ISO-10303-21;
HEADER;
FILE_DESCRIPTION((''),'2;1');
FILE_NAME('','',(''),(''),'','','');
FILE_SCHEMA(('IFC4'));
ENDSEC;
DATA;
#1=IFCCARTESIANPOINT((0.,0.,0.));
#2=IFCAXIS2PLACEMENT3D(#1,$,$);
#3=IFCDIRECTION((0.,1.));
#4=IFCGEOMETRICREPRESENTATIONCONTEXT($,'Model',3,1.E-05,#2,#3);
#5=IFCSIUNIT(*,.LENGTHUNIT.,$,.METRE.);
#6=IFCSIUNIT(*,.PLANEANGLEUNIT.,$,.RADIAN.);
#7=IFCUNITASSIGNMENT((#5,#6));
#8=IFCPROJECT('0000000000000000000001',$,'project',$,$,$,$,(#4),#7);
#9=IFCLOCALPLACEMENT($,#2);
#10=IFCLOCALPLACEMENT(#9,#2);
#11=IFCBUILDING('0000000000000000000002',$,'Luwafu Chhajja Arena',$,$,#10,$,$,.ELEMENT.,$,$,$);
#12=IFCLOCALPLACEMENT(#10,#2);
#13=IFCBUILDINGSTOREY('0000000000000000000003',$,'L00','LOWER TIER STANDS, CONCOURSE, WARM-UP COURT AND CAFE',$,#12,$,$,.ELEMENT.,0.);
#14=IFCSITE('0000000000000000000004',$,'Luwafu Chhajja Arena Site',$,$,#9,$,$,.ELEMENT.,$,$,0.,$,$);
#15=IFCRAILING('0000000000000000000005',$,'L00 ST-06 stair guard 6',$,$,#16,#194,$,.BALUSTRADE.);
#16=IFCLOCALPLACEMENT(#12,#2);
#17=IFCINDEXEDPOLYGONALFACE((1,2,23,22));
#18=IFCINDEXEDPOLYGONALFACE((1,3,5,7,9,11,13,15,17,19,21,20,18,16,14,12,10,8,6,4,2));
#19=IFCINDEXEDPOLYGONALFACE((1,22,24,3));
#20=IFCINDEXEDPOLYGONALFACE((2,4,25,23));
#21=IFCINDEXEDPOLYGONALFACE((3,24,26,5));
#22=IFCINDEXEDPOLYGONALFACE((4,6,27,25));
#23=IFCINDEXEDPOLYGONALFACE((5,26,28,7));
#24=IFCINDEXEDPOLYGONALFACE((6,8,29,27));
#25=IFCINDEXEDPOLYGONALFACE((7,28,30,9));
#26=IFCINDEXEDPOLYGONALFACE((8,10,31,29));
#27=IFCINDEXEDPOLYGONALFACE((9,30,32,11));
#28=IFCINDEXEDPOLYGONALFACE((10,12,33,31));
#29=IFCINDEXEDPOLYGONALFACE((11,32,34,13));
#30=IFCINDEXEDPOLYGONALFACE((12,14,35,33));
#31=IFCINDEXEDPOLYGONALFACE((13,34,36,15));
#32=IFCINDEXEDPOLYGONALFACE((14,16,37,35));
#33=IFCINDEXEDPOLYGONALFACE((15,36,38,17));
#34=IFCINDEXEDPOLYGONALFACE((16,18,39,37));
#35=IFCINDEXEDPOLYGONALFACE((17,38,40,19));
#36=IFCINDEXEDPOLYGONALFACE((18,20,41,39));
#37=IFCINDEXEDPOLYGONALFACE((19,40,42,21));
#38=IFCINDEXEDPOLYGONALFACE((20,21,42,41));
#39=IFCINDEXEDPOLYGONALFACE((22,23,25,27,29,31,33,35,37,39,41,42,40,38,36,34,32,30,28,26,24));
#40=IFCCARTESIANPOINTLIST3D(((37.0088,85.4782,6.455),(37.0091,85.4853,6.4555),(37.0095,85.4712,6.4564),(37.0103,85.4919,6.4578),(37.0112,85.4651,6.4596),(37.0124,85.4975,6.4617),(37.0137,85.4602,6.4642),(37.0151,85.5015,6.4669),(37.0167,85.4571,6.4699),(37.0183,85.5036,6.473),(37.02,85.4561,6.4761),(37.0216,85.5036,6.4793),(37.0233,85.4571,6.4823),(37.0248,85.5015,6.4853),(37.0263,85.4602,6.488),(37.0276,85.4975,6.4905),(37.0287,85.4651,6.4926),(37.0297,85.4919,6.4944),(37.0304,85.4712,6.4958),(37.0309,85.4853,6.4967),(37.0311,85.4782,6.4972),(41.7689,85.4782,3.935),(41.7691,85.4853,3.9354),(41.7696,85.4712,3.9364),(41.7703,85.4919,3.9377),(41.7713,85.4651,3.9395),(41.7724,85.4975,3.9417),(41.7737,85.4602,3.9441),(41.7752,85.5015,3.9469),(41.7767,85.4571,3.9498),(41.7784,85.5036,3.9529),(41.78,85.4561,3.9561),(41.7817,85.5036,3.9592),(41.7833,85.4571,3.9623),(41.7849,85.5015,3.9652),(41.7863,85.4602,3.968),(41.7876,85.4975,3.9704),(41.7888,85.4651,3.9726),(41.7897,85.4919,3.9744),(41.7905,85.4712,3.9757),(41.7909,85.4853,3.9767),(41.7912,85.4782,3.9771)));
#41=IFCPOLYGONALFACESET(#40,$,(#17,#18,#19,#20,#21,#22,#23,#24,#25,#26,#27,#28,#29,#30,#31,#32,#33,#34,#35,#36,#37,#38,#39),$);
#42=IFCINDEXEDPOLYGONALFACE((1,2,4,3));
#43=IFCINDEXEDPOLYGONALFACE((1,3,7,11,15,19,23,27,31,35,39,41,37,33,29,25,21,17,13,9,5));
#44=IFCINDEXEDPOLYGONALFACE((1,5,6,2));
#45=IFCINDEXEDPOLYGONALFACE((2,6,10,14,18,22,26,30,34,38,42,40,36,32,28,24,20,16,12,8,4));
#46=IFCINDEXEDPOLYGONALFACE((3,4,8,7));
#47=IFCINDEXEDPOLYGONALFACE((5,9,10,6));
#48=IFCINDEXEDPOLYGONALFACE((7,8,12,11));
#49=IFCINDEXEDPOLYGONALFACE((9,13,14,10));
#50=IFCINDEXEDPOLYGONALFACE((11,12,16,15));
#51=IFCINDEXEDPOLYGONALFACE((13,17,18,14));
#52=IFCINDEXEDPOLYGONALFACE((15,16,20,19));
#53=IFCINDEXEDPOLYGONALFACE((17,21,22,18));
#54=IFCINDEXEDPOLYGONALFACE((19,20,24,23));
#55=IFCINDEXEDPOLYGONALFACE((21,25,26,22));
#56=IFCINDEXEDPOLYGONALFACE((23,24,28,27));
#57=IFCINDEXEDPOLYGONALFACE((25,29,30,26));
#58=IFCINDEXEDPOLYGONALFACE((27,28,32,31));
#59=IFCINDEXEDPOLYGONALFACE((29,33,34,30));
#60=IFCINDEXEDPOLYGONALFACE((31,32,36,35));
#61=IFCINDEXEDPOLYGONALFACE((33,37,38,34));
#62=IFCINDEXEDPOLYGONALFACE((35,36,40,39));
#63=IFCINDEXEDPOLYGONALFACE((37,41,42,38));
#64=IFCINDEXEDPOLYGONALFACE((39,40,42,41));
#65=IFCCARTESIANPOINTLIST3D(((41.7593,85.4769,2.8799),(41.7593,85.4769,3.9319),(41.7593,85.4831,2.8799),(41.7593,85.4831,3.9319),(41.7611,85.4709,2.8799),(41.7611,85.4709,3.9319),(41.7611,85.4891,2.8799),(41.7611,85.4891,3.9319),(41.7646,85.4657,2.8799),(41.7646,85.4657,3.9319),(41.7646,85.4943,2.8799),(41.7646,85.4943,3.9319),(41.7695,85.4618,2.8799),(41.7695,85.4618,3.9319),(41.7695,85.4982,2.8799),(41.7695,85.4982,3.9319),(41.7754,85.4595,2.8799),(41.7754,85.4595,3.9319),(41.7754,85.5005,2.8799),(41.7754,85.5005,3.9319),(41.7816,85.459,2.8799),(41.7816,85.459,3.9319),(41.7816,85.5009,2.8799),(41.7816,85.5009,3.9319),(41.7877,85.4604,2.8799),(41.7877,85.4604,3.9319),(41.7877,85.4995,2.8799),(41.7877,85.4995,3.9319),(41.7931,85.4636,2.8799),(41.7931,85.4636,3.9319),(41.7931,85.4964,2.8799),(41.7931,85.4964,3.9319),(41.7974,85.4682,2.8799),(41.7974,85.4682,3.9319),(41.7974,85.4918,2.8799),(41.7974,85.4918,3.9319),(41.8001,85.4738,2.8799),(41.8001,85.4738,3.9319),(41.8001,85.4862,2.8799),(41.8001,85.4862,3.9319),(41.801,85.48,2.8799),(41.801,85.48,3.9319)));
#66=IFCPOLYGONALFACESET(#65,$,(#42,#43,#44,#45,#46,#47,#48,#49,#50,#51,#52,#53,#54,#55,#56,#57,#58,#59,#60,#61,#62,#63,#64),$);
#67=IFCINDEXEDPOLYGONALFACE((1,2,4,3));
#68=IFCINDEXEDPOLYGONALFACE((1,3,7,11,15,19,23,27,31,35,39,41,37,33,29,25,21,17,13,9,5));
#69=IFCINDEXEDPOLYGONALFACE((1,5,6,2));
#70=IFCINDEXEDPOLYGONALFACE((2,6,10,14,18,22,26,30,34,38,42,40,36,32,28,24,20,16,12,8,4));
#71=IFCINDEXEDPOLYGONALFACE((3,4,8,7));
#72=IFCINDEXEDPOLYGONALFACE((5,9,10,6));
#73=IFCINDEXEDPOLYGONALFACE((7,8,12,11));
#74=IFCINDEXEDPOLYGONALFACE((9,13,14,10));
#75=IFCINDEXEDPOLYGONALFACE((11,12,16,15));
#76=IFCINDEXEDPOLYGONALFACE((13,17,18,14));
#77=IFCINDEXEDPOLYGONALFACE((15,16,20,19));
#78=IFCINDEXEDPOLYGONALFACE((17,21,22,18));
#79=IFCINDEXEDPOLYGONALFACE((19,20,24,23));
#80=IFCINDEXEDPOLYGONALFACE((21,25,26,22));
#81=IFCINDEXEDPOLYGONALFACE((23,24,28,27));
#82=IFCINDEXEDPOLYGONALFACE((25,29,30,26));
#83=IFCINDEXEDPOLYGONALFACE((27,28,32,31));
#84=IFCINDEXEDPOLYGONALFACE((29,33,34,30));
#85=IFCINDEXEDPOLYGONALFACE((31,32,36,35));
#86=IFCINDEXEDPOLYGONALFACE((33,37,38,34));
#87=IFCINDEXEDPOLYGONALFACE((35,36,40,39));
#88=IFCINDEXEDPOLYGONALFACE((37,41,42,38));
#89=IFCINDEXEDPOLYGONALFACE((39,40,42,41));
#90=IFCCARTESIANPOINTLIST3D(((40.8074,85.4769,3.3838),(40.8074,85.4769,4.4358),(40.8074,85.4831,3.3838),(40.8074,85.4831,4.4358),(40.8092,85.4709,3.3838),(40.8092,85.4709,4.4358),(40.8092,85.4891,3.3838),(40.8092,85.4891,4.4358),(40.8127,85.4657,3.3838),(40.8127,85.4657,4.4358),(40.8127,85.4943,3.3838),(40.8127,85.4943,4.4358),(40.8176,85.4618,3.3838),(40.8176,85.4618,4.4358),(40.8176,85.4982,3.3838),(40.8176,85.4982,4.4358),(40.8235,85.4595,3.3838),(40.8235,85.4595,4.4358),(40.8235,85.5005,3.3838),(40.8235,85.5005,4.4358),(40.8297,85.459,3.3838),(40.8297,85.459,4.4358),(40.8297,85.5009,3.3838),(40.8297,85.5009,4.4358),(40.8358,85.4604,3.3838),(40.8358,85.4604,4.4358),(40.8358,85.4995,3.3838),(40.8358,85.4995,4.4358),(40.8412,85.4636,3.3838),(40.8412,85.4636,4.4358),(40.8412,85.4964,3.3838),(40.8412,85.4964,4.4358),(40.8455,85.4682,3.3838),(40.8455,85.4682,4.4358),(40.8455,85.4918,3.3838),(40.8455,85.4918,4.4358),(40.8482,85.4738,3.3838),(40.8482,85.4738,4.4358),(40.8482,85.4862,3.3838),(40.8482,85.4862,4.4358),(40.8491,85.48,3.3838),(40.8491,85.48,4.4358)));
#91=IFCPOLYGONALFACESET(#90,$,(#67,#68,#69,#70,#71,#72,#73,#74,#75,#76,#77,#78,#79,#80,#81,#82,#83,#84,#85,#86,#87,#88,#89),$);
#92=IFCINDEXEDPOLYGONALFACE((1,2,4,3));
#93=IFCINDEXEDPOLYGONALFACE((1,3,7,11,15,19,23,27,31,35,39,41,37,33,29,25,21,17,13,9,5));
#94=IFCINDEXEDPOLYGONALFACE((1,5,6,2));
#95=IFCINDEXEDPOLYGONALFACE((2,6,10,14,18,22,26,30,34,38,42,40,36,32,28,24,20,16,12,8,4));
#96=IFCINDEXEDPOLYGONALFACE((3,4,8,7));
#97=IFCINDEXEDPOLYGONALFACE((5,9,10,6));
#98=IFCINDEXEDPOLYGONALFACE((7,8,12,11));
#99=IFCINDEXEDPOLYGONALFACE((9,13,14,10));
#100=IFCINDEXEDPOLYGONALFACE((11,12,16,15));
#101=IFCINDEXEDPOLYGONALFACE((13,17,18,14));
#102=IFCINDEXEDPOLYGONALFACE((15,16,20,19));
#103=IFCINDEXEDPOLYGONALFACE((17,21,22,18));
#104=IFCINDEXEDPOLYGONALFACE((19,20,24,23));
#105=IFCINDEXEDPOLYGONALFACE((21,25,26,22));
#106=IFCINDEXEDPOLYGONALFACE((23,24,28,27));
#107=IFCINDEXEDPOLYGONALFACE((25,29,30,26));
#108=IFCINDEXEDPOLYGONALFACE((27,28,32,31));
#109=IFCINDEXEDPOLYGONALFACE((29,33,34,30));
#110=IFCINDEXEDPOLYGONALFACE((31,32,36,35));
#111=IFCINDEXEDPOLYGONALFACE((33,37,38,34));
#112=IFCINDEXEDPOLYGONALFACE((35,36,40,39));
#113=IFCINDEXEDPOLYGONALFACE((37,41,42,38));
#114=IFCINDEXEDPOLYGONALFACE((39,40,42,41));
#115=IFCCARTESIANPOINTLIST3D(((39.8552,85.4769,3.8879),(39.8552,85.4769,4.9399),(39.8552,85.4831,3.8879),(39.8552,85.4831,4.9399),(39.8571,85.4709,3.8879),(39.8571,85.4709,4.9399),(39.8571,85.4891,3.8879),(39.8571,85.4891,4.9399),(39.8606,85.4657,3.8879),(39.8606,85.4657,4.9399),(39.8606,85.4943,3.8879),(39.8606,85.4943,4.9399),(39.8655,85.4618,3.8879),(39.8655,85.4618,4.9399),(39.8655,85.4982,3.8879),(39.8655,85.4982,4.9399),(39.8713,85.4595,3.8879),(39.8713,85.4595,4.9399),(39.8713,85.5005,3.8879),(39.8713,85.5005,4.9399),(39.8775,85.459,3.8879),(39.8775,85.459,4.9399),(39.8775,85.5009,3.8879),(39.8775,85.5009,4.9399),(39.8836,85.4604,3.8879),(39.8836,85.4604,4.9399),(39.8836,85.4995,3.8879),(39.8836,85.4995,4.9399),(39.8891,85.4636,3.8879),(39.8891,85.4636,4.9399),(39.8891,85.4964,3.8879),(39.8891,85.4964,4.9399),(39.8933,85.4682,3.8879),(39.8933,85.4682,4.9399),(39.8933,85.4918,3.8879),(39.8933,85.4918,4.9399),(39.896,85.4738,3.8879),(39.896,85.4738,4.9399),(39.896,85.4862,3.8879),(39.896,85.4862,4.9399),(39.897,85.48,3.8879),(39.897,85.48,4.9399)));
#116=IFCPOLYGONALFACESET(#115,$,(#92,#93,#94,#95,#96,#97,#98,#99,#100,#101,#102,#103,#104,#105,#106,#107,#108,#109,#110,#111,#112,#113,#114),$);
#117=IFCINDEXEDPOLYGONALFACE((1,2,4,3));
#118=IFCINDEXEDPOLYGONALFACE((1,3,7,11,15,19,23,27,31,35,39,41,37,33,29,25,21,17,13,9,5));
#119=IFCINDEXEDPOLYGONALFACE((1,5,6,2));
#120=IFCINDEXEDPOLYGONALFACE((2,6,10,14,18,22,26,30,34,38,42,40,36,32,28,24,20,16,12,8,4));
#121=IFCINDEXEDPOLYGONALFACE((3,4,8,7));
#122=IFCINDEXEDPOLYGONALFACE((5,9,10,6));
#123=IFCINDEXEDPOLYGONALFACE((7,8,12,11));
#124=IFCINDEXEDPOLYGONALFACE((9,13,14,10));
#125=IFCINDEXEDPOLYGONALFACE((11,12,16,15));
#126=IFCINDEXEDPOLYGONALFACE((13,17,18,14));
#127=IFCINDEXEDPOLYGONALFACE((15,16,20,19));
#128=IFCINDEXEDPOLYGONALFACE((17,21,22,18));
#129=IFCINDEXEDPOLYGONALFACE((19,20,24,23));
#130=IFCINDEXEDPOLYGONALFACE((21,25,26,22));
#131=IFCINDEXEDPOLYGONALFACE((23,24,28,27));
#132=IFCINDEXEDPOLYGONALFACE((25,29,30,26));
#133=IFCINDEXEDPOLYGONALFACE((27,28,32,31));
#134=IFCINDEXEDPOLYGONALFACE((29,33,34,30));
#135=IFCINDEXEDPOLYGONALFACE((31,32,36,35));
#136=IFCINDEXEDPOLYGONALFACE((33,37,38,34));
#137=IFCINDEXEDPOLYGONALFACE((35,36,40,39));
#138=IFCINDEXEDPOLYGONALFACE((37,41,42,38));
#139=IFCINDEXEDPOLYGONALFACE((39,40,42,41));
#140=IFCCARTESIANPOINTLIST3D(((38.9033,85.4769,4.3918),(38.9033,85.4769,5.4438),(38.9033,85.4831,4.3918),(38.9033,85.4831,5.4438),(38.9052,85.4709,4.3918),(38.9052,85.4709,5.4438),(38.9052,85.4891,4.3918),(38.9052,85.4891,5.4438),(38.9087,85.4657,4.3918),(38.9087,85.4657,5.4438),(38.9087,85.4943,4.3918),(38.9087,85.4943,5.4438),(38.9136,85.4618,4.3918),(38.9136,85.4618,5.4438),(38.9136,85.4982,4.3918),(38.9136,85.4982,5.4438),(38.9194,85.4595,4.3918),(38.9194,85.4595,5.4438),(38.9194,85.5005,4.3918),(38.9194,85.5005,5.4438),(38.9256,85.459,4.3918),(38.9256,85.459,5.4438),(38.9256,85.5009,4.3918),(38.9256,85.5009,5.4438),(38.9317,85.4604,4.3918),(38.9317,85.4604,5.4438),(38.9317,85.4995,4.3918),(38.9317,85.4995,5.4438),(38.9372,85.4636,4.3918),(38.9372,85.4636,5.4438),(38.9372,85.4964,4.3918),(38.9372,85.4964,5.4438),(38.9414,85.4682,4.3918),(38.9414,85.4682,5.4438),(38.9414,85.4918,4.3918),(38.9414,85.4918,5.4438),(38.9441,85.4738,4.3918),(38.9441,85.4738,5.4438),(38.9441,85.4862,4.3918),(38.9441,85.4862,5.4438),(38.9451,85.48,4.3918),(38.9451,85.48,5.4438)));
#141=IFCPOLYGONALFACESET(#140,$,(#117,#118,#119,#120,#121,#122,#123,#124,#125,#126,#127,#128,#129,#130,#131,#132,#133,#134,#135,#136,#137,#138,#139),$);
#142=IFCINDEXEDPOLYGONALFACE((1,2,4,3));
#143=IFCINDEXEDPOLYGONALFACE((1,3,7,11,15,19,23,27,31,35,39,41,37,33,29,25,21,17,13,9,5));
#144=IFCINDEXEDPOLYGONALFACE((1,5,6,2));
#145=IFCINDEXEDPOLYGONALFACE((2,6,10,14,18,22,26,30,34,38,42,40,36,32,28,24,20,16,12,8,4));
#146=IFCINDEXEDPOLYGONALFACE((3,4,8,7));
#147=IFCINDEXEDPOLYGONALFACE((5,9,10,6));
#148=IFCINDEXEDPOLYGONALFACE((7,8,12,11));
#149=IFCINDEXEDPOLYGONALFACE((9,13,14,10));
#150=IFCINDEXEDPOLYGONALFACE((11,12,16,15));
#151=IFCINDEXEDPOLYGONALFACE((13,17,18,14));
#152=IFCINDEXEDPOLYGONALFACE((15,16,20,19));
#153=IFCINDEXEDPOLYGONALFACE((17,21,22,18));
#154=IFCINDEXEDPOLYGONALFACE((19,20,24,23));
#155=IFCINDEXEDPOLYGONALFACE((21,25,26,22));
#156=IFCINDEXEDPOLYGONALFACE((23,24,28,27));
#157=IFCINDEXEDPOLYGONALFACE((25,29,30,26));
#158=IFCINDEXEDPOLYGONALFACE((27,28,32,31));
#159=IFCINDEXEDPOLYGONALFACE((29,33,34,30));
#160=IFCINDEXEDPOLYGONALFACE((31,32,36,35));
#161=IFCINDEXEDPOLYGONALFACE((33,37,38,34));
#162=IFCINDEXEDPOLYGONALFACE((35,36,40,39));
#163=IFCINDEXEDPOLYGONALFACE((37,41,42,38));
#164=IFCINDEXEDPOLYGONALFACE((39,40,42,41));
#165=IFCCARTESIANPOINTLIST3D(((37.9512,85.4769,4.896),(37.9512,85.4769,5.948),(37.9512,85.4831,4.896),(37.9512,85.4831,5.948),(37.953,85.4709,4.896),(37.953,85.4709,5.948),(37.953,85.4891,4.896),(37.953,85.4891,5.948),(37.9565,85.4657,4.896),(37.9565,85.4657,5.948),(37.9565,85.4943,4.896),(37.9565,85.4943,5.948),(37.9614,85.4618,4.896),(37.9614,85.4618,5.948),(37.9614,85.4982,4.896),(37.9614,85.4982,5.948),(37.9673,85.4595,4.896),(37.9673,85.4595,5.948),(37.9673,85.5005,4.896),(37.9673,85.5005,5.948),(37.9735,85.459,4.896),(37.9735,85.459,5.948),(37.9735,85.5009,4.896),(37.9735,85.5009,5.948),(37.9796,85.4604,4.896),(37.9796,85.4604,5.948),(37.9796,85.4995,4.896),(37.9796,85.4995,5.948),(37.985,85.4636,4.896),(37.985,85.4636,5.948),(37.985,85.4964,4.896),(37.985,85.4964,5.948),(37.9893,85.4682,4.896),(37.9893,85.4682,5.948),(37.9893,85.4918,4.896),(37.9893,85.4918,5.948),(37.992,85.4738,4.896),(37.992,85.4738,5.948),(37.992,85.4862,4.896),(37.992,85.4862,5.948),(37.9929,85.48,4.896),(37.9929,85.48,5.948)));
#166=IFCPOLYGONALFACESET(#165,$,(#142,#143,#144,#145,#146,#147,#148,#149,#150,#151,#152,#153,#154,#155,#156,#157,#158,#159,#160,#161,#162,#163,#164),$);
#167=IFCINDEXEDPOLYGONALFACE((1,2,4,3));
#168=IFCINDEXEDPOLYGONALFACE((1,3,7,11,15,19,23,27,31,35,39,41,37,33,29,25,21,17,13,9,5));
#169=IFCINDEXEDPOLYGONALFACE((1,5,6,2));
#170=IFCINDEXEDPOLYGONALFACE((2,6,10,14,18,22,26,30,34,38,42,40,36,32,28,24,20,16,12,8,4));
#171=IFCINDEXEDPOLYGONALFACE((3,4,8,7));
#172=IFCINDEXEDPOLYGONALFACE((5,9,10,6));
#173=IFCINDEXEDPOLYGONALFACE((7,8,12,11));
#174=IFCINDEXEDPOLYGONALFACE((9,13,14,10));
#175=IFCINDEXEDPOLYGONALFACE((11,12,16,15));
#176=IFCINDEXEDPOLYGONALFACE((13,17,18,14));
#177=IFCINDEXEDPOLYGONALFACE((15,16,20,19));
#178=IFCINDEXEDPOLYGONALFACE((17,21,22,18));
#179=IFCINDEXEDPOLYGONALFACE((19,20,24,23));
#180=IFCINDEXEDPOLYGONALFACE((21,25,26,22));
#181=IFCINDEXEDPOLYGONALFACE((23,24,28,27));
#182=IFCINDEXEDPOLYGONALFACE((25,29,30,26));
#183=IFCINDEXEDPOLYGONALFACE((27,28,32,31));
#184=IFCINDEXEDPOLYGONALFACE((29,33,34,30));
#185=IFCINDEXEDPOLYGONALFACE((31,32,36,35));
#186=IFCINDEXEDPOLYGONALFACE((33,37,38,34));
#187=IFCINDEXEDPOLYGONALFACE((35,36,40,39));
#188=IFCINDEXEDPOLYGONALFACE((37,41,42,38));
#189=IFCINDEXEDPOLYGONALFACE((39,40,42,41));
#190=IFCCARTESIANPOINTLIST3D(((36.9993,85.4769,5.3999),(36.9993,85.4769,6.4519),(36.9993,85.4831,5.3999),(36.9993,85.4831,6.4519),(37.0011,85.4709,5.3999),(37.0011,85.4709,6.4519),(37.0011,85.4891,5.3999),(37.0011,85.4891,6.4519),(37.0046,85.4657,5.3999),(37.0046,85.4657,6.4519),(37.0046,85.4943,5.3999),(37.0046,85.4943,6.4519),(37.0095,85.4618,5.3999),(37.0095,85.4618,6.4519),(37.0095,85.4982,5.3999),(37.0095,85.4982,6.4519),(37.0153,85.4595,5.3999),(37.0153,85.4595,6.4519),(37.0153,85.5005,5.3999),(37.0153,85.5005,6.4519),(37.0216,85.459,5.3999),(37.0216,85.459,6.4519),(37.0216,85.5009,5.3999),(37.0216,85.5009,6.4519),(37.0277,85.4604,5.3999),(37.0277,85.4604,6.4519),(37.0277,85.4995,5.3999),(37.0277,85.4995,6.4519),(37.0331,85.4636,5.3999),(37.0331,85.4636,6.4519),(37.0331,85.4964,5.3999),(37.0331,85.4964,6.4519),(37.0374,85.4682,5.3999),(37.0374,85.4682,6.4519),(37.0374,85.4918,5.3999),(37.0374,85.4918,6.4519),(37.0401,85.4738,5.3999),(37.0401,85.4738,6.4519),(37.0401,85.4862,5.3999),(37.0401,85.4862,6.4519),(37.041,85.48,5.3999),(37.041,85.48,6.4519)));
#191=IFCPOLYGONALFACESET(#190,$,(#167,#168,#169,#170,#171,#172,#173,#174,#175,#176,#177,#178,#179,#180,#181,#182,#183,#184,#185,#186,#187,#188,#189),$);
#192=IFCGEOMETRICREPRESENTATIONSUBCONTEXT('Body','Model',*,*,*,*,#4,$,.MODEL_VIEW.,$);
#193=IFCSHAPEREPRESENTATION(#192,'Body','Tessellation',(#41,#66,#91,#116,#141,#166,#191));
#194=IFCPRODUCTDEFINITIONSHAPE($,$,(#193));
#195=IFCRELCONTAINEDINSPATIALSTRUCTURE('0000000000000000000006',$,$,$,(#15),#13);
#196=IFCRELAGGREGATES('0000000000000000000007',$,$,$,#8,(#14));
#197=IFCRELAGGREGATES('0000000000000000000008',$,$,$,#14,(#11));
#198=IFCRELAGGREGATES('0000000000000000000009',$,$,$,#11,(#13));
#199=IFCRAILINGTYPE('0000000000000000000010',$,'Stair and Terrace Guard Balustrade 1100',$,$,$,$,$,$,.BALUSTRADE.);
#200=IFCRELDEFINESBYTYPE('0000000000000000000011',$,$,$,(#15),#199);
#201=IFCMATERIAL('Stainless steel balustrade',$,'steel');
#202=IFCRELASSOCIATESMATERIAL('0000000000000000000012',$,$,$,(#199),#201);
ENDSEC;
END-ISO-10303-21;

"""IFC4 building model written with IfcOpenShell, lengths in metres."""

from ifc_helpers import new_model, si_unit, direction, frame, origin, origin_2d, place, context, subcontext, project, spatial, circle, extrude, material, type_object, element, save


model = new_model("IFC4")

# Units and contexts
model_context = context("Model", 3, precision=1e-05, world=origin(), true_north=direction((0.0, 1.0)))
body_context = subcontext(model_context, "Body", "Model", "MODEL_VIEW")
ifc_project = project(units=[si_unit("LENGTHUNIT", "METRE"), si_unit("PLANEANGLEUNIT", "RADIAN")], contexts=[model_context])

# Site, building, storey
site_placement = place(None, origin())
site = spatial("IfcSite", under=ifc_project, at=site_placement, Name="Luwafu Chhajja Arena Site", CompositionType="ELEMENT", RefElevation=0.0)
building_placement = place(site_placement, origin())
building = spatial("IfcBuilding", under=site, at=building_placement, Name="Luwafu Chhajja Arena", CompositionType="ELEMENT")
storey_placement = place(building_placement, origin())
storey = spatial("IfcBuildingStorey", under=building, at=storey_placement, Name="L00", Description="LOWER TIER STANDS, CONCOURSE, WARM-UP COURT AND CAFE", CompositionType="ELEMENT", Elevation=0.0)

# Railing
ifc_material_1 = material(Name="Stainless steel balustrade", Category="steel")
railing_type_1 = type_object("IfcRailingType", Name="Stair and Terrace Guard Balustrade 1100", PredefinedType="BALUSTRADE", material=ifc_material_1)
railing_1_placement = place(storey_placement, frame((41.78, 85.48, 2.8799)))
element("IfcRailing", 1, at=railing_1_placement, inside=storey, type_object=railing_type_1, Name="L00 ST-06 stair guard 6", PredefinedType="BALUSTRADE", context=body_context, shape_type="SweptSolid", body=[
    extrude(circle(Radius=0.0239, at=origin_2d()), frame((0.0, 0.0, 1.0762), z_axis=(-0.883787, 0.0, 0.46789), x_axis=(0.0, -1.0, 0.0)), (0.0, 0.0, 1.0), 5.386),
    extrude(circle(Radius=0.021, at=origin_2d()), origin(), (0.0, 0.0, 1.0), 1.052),
    extrude(circle(Radius=0.021, at=origin_2d()), frame((-0.9519, 0.0, 0.5039)), (0.0, 0.0, 1.0), 1.052),
    extrude(circle(Radius=0.021, at=origin_2d()), frame((-1.9041, 0.0, 1.0081)), (0.0, 0.0, 1.0), 1.052),
    extrude(circle(Radius=0.021, at=origin_2d()), frame((-2.856, 0.0, 1.512)), (0.0, 0.0, 1.0), 1.052),
    extrude(circle(Radius=0.021, at=origin_2d()), frame((-3.8081, 0.0, 2.0161)), (0.0, 0.0, 1.0), 1.052),
    extrude(circle(Radius=0.021, at=origin_2d()), frame((-4.76, 0.0, 2.52)), (0.0, 0.0, 1.0), 1.052),
])

save(model, "model.ifc")
